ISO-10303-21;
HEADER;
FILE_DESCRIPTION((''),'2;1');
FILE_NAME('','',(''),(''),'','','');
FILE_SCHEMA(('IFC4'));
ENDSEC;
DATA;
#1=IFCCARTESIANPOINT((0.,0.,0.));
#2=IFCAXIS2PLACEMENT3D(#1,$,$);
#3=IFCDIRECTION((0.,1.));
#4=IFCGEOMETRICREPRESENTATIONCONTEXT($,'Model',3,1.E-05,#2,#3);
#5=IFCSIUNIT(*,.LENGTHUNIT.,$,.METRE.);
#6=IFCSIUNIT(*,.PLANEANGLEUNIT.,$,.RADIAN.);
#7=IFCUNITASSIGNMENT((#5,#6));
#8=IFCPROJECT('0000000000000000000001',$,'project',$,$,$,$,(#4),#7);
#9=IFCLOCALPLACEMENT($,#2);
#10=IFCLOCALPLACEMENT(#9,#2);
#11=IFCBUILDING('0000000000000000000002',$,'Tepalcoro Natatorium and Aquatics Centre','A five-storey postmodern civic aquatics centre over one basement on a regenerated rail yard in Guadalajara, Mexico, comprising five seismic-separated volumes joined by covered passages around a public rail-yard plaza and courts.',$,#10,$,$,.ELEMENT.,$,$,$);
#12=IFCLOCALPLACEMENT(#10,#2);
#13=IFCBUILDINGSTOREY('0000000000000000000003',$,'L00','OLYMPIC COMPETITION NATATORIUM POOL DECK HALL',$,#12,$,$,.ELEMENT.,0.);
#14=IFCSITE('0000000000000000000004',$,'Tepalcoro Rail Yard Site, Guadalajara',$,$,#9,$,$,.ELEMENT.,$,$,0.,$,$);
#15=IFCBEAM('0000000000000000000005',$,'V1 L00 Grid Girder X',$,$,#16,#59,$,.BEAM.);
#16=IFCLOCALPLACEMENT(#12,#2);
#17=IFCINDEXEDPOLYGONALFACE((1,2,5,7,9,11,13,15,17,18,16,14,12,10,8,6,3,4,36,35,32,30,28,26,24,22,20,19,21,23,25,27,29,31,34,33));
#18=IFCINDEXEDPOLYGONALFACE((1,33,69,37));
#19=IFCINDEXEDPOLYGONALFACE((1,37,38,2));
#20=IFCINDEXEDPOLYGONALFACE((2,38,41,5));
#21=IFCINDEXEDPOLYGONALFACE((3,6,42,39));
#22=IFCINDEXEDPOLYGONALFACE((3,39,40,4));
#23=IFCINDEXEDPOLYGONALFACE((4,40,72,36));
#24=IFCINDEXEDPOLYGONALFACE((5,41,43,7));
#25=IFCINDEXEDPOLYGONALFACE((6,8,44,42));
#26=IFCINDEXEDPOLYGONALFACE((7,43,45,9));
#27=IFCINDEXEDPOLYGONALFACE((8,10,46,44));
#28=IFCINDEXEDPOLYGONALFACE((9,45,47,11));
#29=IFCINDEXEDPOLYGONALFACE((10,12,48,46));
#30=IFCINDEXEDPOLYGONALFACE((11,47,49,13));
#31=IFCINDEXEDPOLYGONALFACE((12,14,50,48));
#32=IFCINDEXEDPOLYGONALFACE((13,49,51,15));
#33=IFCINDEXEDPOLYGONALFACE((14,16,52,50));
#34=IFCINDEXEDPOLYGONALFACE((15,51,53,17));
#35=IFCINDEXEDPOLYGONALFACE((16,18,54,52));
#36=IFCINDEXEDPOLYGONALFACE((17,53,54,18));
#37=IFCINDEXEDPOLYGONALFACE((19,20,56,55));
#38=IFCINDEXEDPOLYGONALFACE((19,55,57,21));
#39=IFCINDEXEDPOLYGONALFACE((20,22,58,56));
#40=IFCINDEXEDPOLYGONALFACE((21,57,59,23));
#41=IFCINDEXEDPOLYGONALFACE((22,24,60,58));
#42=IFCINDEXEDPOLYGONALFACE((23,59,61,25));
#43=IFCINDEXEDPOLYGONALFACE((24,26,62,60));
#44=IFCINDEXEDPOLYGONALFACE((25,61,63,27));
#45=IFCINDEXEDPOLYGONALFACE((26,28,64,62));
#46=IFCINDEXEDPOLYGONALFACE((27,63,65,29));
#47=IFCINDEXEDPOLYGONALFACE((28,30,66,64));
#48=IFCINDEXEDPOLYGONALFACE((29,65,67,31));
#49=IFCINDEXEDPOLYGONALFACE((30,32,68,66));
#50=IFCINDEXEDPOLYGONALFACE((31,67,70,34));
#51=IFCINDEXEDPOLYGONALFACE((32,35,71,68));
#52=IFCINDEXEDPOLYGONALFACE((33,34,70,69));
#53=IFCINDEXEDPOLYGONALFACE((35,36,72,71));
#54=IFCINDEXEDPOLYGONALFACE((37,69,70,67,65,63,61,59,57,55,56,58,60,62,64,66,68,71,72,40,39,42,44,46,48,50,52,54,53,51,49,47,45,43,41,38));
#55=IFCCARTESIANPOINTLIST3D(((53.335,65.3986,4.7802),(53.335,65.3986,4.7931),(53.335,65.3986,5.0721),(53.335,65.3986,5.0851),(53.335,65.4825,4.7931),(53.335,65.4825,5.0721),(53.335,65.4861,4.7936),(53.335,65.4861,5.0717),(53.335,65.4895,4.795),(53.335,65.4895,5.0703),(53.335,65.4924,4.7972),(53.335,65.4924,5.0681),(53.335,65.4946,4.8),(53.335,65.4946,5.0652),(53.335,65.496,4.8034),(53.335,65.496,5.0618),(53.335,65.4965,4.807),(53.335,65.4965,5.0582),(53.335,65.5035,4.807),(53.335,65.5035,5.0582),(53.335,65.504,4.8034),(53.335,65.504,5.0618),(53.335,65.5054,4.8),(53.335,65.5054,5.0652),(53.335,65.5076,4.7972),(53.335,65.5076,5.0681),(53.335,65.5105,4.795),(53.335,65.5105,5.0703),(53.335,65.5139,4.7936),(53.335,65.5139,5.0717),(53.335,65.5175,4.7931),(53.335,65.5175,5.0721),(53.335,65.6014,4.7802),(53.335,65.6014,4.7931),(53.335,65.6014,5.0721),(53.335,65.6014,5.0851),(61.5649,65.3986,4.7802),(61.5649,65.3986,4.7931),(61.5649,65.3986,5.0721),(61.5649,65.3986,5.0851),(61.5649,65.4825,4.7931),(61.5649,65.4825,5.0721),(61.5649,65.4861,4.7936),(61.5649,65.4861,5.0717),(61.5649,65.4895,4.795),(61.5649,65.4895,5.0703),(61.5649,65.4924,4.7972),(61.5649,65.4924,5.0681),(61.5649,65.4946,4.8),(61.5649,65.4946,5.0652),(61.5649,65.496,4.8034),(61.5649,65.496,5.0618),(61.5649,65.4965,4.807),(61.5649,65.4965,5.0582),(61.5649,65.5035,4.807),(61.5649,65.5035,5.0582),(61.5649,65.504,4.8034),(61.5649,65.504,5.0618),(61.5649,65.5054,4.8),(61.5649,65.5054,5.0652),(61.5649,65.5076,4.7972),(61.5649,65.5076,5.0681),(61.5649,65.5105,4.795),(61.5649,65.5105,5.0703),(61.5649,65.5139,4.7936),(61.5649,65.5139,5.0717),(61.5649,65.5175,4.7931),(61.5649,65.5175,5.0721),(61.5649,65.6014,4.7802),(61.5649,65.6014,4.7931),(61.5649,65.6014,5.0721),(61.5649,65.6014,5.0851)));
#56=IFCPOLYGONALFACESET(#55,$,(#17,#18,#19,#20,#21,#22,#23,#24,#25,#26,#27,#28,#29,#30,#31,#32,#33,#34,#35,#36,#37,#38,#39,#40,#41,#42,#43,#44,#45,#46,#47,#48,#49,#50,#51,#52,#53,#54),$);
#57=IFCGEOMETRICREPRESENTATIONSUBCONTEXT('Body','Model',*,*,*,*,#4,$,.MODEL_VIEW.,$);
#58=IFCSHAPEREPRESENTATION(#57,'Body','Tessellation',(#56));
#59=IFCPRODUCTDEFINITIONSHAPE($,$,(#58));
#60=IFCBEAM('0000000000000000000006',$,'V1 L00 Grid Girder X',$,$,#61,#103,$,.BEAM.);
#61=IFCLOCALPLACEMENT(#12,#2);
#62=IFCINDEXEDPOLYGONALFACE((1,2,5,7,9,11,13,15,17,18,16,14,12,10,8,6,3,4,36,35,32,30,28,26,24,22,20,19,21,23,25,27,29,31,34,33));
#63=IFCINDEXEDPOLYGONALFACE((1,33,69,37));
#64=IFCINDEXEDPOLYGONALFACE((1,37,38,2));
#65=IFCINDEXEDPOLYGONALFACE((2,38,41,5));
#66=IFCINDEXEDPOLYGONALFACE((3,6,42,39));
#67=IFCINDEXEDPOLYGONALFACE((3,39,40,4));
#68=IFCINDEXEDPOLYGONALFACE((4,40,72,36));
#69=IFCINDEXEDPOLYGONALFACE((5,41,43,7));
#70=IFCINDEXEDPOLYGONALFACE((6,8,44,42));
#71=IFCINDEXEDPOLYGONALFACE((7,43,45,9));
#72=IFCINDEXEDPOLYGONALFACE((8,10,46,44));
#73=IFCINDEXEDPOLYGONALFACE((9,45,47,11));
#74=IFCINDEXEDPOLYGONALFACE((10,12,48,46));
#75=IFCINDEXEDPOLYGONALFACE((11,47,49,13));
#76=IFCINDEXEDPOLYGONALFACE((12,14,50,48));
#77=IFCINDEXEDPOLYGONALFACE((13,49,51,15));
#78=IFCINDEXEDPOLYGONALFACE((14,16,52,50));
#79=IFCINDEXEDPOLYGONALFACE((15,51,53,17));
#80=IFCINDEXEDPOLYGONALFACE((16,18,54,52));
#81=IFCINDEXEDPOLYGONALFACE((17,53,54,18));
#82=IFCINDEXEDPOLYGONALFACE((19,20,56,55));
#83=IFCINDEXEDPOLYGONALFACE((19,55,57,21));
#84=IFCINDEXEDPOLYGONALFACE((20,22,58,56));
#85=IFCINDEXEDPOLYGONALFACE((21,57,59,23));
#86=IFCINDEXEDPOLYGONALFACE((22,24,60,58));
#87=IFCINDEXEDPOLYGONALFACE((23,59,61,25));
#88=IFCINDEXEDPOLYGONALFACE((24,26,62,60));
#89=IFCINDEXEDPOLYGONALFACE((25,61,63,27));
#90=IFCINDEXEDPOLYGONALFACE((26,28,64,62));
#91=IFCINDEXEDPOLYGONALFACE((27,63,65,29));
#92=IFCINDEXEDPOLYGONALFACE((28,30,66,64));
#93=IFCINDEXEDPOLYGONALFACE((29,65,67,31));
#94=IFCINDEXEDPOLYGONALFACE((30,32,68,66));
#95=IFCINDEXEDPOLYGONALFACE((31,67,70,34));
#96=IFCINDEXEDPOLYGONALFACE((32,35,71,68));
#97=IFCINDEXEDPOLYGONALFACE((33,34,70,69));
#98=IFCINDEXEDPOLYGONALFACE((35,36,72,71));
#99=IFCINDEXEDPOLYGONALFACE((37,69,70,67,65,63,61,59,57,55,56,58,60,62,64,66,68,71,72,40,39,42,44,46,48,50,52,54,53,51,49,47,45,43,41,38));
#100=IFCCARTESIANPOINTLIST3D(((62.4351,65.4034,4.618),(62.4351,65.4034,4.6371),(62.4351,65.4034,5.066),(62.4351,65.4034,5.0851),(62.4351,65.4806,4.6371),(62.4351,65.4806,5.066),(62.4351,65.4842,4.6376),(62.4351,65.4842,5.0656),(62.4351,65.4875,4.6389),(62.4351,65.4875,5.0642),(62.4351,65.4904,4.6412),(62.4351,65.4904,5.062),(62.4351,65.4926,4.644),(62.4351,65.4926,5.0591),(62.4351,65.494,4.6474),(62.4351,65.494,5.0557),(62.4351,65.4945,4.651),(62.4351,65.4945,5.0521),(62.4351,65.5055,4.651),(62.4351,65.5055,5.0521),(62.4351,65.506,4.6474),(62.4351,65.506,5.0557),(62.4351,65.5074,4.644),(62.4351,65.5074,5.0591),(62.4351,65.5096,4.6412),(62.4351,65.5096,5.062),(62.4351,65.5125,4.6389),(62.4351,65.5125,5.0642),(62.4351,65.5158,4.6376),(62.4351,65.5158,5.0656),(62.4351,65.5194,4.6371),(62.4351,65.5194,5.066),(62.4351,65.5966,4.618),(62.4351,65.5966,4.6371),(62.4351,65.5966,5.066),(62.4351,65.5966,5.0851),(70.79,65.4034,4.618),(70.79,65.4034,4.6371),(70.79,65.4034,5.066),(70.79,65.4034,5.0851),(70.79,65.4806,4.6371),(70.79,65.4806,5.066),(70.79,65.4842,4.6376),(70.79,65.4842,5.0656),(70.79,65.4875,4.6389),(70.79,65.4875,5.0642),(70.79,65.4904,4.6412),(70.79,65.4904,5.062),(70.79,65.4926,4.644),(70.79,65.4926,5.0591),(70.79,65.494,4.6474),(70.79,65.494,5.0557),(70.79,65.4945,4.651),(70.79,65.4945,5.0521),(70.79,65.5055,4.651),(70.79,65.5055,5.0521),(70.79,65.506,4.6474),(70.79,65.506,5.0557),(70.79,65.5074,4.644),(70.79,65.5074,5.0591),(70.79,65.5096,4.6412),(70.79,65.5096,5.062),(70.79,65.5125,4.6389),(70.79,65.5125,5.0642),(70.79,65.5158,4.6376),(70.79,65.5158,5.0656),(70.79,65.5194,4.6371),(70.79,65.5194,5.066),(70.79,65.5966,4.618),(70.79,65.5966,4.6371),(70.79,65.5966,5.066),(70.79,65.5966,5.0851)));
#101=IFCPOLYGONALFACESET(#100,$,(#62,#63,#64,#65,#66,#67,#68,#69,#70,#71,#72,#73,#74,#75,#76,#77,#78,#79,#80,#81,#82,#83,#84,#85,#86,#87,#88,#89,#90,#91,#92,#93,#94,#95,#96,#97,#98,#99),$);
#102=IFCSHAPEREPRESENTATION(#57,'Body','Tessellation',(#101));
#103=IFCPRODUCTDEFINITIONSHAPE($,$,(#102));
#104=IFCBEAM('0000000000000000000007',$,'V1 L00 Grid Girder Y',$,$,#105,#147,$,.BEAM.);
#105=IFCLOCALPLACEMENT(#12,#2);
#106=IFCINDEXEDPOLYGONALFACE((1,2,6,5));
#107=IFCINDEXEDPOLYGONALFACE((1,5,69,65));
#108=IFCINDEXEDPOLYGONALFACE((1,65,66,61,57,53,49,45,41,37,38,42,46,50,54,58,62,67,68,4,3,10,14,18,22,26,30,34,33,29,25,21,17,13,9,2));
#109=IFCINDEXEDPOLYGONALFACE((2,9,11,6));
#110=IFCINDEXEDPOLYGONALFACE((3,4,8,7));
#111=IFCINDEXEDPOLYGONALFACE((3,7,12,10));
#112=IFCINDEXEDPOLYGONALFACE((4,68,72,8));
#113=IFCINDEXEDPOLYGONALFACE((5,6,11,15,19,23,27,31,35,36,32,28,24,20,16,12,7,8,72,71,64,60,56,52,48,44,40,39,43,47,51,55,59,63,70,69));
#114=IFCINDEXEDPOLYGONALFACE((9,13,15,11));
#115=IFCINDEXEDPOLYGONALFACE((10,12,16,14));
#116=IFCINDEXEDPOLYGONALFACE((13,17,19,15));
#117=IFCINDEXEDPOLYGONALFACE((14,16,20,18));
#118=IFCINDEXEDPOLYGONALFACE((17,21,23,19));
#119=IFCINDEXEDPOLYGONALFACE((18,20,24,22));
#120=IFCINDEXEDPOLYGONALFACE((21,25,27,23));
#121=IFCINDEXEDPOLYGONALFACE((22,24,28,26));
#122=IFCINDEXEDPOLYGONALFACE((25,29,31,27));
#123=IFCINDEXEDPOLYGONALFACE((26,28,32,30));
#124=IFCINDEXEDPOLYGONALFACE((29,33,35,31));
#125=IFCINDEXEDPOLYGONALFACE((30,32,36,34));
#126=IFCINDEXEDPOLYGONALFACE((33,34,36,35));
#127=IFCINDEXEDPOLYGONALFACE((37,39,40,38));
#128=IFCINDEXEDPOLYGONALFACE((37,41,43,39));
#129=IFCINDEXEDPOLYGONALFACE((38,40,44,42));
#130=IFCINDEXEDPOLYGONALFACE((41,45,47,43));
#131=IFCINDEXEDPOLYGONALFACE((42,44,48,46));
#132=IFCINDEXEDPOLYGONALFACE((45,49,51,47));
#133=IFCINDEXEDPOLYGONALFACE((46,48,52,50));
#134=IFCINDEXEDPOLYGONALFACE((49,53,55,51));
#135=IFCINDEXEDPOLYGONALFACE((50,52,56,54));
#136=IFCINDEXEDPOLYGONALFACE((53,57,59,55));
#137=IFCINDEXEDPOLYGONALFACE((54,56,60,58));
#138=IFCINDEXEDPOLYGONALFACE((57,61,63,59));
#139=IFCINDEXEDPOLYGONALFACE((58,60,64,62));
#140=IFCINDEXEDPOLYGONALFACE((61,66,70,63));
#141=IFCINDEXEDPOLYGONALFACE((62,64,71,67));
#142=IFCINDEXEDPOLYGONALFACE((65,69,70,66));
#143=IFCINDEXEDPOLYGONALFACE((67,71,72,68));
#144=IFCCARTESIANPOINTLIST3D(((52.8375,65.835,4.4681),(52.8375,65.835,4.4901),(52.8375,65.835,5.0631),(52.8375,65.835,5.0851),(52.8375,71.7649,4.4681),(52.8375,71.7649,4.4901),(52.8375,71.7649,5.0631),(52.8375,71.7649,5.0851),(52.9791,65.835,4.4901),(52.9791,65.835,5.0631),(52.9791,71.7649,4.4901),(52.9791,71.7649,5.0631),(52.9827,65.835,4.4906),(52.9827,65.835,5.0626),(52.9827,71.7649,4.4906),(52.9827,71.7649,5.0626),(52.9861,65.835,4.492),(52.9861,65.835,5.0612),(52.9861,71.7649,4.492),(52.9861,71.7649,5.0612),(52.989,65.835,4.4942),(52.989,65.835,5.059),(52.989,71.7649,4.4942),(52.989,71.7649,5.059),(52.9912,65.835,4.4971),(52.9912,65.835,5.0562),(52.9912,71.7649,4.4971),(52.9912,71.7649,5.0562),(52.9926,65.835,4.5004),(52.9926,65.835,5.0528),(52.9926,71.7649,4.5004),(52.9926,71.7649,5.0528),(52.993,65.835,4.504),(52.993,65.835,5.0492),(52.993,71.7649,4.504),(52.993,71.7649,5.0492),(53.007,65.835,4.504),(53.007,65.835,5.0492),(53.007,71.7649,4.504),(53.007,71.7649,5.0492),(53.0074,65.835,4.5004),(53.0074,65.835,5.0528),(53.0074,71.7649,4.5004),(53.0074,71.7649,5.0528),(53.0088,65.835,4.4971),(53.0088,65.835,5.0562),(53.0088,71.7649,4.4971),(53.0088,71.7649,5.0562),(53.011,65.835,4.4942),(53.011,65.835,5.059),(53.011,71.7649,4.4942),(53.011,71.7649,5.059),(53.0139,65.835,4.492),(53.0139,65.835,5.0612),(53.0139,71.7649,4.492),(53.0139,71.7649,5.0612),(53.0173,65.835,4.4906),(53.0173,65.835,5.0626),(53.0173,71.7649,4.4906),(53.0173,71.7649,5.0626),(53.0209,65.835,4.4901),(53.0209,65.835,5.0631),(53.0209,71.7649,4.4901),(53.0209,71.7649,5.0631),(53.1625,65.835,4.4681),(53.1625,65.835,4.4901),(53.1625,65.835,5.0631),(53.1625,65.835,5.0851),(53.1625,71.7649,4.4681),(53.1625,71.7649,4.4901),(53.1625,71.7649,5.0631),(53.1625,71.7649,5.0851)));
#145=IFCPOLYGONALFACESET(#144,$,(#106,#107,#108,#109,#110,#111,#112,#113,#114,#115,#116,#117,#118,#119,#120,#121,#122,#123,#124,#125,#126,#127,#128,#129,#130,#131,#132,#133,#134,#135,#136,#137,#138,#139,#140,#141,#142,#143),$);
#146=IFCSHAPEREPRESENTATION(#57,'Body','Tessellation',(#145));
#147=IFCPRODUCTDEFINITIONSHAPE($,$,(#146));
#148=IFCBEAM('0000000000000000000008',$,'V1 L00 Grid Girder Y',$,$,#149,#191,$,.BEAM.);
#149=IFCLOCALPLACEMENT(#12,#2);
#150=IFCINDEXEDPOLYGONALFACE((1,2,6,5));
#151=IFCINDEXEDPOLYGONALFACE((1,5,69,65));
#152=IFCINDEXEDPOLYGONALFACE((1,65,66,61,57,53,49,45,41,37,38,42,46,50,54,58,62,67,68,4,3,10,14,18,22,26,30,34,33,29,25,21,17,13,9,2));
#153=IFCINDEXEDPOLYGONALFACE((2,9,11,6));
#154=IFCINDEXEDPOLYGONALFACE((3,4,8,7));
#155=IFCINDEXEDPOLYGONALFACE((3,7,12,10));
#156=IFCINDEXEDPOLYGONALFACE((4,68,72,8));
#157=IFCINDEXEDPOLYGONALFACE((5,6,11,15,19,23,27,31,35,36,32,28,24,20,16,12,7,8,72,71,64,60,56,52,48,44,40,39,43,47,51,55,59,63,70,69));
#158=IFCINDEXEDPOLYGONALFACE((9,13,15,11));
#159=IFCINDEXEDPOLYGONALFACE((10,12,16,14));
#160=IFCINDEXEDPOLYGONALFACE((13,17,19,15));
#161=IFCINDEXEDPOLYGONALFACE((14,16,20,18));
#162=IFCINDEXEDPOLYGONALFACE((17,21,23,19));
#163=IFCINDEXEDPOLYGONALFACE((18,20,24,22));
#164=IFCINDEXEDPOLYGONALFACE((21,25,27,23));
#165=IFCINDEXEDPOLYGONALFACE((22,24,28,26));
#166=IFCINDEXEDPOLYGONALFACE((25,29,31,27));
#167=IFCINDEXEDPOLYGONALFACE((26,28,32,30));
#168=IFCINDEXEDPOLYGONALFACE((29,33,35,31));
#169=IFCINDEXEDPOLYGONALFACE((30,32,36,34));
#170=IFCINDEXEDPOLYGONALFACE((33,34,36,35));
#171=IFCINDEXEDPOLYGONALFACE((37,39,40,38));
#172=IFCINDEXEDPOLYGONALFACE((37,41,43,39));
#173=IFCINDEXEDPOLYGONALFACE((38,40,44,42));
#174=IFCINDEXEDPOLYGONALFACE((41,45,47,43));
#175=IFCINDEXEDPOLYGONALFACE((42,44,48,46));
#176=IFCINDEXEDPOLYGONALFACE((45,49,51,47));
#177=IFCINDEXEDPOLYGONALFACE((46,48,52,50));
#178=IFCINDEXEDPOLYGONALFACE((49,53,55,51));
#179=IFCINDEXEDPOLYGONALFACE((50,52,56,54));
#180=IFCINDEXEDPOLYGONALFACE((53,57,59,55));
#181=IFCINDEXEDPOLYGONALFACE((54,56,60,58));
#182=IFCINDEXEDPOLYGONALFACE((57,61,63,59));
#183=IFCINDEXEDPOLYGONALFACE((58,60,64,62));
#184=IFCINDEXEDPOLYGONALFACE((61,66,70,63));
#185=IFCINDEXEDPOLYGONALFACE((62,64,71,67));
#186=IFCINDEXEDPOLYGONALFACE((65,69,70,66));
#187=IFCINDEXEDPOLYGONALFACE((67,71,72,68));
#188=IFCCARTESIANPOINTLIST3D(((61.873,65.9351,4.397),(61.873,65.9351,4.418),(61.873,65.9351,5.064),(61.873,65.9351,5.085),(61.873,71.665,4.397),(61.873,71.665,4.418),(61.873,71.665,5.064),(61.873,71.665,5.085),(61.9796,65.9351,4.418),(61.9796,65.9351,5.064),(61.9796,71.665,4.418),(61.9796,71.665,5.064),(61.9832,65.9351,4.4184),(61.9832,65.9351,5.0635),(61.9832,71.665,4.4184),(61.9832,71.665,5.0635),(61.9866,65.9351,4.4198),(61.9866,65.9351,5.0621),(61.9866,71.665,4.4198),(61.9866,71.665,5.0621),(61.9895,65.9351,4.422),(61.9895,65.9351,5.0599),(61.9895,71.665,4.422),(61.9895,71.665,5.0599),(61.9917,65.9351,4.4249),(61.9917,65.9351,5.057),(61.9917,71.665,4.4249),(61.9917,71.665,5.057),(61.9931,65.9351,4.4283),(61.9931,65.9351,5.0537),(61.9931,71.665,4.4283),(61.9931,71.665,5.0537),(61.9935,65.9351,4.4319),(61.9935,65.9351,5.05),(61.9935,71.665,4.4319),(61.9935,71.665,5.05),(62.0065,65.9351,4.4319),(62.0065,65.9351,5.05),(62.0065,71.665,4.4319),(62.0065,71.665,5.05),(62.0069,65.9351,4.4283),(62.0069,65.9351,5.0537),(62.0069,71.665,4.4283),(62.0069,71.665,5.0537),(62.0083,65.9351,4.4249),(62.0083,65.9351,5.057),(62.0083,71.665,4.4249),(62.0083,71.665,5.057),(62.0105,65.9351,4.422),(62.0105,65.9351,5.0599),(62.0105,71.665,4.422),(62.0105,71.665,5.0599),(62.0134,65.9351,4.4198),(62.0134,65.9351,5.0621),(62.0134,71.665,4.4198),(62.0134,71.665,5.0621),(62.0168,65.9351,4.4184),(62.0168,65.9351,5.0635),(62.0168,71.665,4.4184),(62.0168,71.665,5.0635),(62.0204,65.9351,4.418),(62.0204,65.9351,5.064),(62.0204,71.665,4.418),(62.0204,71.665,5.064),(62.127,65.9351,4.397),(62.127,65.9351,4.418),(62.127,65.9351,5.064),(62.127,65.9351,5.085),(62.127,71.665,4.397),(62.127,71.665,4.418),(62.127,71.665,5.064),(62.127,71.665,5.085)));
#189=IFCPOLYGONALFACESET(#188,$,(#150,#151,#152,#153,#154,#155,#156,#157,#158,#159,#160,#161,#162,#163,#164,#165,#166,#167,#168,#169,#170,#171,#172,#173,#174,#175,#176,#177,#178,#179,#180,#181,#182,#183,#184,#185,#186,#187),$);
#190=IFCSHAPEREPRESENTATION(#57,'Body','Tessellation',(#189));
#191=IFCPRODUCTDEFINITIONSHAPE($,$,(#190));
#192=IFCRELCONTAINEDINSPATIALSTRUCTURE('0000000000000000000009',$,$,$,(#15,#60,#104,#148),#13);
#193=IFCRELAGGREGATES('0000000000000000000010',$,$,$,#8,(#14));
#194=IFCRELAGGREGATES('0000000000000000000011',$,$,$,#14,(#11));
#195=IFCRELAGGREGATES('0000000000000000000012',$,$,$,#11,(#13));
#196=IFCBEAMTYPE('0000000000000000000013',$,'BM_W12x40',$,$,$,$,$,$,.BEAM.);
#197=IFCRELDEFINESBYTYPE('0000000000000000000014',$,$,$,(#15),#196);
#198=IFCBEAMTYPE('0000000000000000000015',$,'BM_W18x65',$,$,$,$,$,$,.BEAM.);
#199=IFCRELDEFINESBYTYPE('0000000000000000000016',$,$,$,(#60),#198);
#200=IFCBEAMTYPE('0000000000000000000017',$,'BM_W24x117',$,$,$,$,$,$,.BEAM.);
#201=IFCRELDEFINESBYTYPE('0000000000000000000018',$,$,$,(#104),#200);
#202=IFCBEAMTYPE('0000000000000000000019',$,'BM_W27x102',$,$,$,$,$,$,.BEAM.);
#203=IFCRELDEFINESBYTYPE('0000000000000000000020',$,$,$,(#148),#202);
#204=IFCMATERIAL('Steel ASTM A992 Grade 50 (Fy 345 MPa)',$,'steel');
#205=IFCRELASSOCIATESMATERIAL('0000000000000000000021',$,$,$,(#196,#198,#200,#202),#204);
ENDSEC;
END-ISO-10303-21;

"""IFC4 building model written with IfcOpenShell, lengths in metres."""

from ifc_helpers import new_model, si_unit, direction, frame, origin, origin_2d, place, context, subcontext, project, spatial, i_section, extrude, material, material_profile, profile_set, type_object, element, save


model = new_model("IFC4")

# Units and contexts
model_context = context("Model", 3, precision=1e-05, world=origin(), true_north=direction((0.0, 1.0)))
body_context = subcontext(model_context, "Body", "Model", "MODEL_VIEW")
ifc_project = project(units=[si_unit("LENGTHUNIT", "METRE"), si_unit("PLANEANGLEUNIT", "RADIAN")], contexts=[model_context])

# Site, building, storey
site_placement = place(None, origin())
site = spatial("IfcSite", under=ifc_project, at=site_placement, Name="Tepalcoro Rail Yard Site, Guadalajara", CompositionType="ELEMENT", RefElevation=0.0)
building_placement = place(site_placement, origin())
building = spatial("IfcBuilding", under=site, at=building_placement, Name="Tepalcoro Natatorium and Aquatics Centre", Description="A five-storey postmodern civic aquatics centre over one basement on a regenerated rail yard in Guadalajara, Mexico, comprising five seismic-separated volumes joined by covered passages around a public rail-yard plaza and courts.", CompositionType="ELEMENT")
storey_placement = place(building_placement, origin())
storey = spatial("IfcBuildingStorey", under=building, at=storey_placement, Name="L00", Description="OLYMPIC COMPETITION NATATORIUM POOL DECK HALL", CompositionType="ELEMENT", Elevation=0.0)

# Shared definitions
ifc_material_1 = material(Name="Steel ASTM A992 Grade 50 (Fy 345 MPa)", Category="steel")

# Beams
ifc_material_profile_1 = material_profile(ifc_material_1, i_section(OverallWidth=0.2029, OverallDepth=0.3049, WebThickness=0.0071, FlangeThickness=0.0129, FilletRadius=0.0139, at=origin_2d()), Name="W12X40")
ifc_profile_set_1 = profile_set([ifc_material_profile_1], Name="Steel ASTM A992 Grade 50 (Fy 345 MPa)")
beam_type_1 = type_object("IfcBeamType", Name="BM_W12x40", PredefinedType="BEAM", material=ifc_profile_set_1)
beam_1_placement = place(storey_placement, frame((53.335, 65.5, 4.9326), z_axis=(1.0, 0.0, 0.0), x_axis=(0.0, 1.0, 0.0)))
element("IfcBeam", 1, at=beam_1_placement, inside=storey, type_object=beam_type_1, Name="V1 L00 Grid Girder X", PredefinedType="BEAM", context=body_context, shape_type="SweptSolid", body=[
    extrude(i_section(OverallWidth=0.2029, OverallDepth=0.3049, WebThickness=0.0071, FlangeThickness=0.0129, FilletRadius=0.0139, at=origin_2d()), origin(), (0.0, 0.0, 1.0), 8.23),
])
ifc_material_profile_2 = material_profile(ifc_material_1, i_section(OverallWidth=0.1931, OverallDepth=0.467, WebThickness=0.011, FlangeThickness=0.019, FilletRadius=0.0139, at=origin_2d()), Name="W18X65")
ifc_profile_set_2 = profile_set([ifc_material_profile_2], Name="Steel ASTM A992 Grade 50 (Fy 345 MPa)")
beam_type_2 = type_object("IfcBeamType", Name="BM_W18x65", PredefinedType="BEAM", material=ifc_profile_set_2)
beam_2_placement = place(storey_placement, frame((62.4351, 65.5, 4.8516), z_axis=(1.0, 0.0, 0.0), x_axis=(0.0, 1.0, 0.0)))
element("IfcBeam", 2, at=beam_2_placement, inside=storey, type_object=beam_type_2, Name="V1 L00 Grid Girder X", PredefinedType="BEAM", context=body_context, shape_type="SweptSolid", body=[
    extrude(i_section(OverallWidth=0.1931, OverallDepth=0.467, WebThickness=0.011, FlangeThickness=0.019, FilletRadius=0.0139, at=origin_2d()), origin(), (0.0, 0.0, 1.0), 8.355),
])
ifc_material_profile_3 = material_profile(ifc_material_1, i_section(OverallWidth=0.325, OverallDepth=0.6169, WebThickness=0.0139, FlangeThickness=0.022, FilletRadius=0.0139, at=origin_2d()), Name="W24X117")
ifc_profile_set_3 = profile_set([ifc_material_profile_3], Name="Steel ASTM A992 Grade 50 (Fy 345 MPa)")
beam_type_3 = type_object("IfcBeamType", Name="BM_W24x117", PredefinedType="BEAM", material=ifc_profile_set_3)
beam_3_placement = place(storey_placement, frame((53.0, 65.835, 4.7766), z_axis=(0.0, 1.0, 0.0), x_axis=(-1.0, 0.0, 0.0)))
element("IfcBeam", 3, at=beam_3_placement, inside=storey, type_object=beam_type_3, Name="V1 L00 Grid Girder Y", PredefinedType="BEAM", context=body_context, shape_type="SweptSolid", body=[
    extrude(i_section(OverallWidth=0.325, OverallDepth=0.6169, WebThickness=0.0139, FlangeThickness=0.022, FilletRadius=0.0139, at=origin_2d()), origin(), (0.0, 0.0, 1.0), 5.9299),
])
ifc_material_profile_4 = material_profile(ifc_material_1, i_section(OverallWidth=0.2539, OverallDepth=0.688, WebThickness=0.0129, FlangeThickness=0.021, FilletRadius=0.0139, at=origin_2d()), Name="W27X102")
ifc_profile_set_4 = profile_set([ifc_material_profile_4], Name="Steel ASTM A992 Grade 50 (Fy 345 MPa)")
beam_type_4 = type_object("IfcBeamType", Name="BM_W27x102", PredefinedType="BEAM", material=ifc_profile_set_4)
beam_4_placement = place(storey_placement, frame((62.0, 65.9351, 4.741), z_axis=(0.0, 1.0, 0.0), x_axis=(-1.0, 0.0, 0.0)))
element("IfcBeam", 4, at=beam_4_placement, inside=storey, type_object=beam_type_4, Name="V1 L00 Grid Girder Y", PredefinedType="BEAM", context=body_context, shape_type="SweptSolid", body=[
    extrude(i_section(OverallWidth=0.2539, OverallDepth=0.688, WebThickness=0.0129, FlangeThickness=0.021, FilletRadius=0.0139, at=origin_2d()), origin(), (0.0, 0.0, 1.0), 5.73),
])

save(model, "model.ifc")
